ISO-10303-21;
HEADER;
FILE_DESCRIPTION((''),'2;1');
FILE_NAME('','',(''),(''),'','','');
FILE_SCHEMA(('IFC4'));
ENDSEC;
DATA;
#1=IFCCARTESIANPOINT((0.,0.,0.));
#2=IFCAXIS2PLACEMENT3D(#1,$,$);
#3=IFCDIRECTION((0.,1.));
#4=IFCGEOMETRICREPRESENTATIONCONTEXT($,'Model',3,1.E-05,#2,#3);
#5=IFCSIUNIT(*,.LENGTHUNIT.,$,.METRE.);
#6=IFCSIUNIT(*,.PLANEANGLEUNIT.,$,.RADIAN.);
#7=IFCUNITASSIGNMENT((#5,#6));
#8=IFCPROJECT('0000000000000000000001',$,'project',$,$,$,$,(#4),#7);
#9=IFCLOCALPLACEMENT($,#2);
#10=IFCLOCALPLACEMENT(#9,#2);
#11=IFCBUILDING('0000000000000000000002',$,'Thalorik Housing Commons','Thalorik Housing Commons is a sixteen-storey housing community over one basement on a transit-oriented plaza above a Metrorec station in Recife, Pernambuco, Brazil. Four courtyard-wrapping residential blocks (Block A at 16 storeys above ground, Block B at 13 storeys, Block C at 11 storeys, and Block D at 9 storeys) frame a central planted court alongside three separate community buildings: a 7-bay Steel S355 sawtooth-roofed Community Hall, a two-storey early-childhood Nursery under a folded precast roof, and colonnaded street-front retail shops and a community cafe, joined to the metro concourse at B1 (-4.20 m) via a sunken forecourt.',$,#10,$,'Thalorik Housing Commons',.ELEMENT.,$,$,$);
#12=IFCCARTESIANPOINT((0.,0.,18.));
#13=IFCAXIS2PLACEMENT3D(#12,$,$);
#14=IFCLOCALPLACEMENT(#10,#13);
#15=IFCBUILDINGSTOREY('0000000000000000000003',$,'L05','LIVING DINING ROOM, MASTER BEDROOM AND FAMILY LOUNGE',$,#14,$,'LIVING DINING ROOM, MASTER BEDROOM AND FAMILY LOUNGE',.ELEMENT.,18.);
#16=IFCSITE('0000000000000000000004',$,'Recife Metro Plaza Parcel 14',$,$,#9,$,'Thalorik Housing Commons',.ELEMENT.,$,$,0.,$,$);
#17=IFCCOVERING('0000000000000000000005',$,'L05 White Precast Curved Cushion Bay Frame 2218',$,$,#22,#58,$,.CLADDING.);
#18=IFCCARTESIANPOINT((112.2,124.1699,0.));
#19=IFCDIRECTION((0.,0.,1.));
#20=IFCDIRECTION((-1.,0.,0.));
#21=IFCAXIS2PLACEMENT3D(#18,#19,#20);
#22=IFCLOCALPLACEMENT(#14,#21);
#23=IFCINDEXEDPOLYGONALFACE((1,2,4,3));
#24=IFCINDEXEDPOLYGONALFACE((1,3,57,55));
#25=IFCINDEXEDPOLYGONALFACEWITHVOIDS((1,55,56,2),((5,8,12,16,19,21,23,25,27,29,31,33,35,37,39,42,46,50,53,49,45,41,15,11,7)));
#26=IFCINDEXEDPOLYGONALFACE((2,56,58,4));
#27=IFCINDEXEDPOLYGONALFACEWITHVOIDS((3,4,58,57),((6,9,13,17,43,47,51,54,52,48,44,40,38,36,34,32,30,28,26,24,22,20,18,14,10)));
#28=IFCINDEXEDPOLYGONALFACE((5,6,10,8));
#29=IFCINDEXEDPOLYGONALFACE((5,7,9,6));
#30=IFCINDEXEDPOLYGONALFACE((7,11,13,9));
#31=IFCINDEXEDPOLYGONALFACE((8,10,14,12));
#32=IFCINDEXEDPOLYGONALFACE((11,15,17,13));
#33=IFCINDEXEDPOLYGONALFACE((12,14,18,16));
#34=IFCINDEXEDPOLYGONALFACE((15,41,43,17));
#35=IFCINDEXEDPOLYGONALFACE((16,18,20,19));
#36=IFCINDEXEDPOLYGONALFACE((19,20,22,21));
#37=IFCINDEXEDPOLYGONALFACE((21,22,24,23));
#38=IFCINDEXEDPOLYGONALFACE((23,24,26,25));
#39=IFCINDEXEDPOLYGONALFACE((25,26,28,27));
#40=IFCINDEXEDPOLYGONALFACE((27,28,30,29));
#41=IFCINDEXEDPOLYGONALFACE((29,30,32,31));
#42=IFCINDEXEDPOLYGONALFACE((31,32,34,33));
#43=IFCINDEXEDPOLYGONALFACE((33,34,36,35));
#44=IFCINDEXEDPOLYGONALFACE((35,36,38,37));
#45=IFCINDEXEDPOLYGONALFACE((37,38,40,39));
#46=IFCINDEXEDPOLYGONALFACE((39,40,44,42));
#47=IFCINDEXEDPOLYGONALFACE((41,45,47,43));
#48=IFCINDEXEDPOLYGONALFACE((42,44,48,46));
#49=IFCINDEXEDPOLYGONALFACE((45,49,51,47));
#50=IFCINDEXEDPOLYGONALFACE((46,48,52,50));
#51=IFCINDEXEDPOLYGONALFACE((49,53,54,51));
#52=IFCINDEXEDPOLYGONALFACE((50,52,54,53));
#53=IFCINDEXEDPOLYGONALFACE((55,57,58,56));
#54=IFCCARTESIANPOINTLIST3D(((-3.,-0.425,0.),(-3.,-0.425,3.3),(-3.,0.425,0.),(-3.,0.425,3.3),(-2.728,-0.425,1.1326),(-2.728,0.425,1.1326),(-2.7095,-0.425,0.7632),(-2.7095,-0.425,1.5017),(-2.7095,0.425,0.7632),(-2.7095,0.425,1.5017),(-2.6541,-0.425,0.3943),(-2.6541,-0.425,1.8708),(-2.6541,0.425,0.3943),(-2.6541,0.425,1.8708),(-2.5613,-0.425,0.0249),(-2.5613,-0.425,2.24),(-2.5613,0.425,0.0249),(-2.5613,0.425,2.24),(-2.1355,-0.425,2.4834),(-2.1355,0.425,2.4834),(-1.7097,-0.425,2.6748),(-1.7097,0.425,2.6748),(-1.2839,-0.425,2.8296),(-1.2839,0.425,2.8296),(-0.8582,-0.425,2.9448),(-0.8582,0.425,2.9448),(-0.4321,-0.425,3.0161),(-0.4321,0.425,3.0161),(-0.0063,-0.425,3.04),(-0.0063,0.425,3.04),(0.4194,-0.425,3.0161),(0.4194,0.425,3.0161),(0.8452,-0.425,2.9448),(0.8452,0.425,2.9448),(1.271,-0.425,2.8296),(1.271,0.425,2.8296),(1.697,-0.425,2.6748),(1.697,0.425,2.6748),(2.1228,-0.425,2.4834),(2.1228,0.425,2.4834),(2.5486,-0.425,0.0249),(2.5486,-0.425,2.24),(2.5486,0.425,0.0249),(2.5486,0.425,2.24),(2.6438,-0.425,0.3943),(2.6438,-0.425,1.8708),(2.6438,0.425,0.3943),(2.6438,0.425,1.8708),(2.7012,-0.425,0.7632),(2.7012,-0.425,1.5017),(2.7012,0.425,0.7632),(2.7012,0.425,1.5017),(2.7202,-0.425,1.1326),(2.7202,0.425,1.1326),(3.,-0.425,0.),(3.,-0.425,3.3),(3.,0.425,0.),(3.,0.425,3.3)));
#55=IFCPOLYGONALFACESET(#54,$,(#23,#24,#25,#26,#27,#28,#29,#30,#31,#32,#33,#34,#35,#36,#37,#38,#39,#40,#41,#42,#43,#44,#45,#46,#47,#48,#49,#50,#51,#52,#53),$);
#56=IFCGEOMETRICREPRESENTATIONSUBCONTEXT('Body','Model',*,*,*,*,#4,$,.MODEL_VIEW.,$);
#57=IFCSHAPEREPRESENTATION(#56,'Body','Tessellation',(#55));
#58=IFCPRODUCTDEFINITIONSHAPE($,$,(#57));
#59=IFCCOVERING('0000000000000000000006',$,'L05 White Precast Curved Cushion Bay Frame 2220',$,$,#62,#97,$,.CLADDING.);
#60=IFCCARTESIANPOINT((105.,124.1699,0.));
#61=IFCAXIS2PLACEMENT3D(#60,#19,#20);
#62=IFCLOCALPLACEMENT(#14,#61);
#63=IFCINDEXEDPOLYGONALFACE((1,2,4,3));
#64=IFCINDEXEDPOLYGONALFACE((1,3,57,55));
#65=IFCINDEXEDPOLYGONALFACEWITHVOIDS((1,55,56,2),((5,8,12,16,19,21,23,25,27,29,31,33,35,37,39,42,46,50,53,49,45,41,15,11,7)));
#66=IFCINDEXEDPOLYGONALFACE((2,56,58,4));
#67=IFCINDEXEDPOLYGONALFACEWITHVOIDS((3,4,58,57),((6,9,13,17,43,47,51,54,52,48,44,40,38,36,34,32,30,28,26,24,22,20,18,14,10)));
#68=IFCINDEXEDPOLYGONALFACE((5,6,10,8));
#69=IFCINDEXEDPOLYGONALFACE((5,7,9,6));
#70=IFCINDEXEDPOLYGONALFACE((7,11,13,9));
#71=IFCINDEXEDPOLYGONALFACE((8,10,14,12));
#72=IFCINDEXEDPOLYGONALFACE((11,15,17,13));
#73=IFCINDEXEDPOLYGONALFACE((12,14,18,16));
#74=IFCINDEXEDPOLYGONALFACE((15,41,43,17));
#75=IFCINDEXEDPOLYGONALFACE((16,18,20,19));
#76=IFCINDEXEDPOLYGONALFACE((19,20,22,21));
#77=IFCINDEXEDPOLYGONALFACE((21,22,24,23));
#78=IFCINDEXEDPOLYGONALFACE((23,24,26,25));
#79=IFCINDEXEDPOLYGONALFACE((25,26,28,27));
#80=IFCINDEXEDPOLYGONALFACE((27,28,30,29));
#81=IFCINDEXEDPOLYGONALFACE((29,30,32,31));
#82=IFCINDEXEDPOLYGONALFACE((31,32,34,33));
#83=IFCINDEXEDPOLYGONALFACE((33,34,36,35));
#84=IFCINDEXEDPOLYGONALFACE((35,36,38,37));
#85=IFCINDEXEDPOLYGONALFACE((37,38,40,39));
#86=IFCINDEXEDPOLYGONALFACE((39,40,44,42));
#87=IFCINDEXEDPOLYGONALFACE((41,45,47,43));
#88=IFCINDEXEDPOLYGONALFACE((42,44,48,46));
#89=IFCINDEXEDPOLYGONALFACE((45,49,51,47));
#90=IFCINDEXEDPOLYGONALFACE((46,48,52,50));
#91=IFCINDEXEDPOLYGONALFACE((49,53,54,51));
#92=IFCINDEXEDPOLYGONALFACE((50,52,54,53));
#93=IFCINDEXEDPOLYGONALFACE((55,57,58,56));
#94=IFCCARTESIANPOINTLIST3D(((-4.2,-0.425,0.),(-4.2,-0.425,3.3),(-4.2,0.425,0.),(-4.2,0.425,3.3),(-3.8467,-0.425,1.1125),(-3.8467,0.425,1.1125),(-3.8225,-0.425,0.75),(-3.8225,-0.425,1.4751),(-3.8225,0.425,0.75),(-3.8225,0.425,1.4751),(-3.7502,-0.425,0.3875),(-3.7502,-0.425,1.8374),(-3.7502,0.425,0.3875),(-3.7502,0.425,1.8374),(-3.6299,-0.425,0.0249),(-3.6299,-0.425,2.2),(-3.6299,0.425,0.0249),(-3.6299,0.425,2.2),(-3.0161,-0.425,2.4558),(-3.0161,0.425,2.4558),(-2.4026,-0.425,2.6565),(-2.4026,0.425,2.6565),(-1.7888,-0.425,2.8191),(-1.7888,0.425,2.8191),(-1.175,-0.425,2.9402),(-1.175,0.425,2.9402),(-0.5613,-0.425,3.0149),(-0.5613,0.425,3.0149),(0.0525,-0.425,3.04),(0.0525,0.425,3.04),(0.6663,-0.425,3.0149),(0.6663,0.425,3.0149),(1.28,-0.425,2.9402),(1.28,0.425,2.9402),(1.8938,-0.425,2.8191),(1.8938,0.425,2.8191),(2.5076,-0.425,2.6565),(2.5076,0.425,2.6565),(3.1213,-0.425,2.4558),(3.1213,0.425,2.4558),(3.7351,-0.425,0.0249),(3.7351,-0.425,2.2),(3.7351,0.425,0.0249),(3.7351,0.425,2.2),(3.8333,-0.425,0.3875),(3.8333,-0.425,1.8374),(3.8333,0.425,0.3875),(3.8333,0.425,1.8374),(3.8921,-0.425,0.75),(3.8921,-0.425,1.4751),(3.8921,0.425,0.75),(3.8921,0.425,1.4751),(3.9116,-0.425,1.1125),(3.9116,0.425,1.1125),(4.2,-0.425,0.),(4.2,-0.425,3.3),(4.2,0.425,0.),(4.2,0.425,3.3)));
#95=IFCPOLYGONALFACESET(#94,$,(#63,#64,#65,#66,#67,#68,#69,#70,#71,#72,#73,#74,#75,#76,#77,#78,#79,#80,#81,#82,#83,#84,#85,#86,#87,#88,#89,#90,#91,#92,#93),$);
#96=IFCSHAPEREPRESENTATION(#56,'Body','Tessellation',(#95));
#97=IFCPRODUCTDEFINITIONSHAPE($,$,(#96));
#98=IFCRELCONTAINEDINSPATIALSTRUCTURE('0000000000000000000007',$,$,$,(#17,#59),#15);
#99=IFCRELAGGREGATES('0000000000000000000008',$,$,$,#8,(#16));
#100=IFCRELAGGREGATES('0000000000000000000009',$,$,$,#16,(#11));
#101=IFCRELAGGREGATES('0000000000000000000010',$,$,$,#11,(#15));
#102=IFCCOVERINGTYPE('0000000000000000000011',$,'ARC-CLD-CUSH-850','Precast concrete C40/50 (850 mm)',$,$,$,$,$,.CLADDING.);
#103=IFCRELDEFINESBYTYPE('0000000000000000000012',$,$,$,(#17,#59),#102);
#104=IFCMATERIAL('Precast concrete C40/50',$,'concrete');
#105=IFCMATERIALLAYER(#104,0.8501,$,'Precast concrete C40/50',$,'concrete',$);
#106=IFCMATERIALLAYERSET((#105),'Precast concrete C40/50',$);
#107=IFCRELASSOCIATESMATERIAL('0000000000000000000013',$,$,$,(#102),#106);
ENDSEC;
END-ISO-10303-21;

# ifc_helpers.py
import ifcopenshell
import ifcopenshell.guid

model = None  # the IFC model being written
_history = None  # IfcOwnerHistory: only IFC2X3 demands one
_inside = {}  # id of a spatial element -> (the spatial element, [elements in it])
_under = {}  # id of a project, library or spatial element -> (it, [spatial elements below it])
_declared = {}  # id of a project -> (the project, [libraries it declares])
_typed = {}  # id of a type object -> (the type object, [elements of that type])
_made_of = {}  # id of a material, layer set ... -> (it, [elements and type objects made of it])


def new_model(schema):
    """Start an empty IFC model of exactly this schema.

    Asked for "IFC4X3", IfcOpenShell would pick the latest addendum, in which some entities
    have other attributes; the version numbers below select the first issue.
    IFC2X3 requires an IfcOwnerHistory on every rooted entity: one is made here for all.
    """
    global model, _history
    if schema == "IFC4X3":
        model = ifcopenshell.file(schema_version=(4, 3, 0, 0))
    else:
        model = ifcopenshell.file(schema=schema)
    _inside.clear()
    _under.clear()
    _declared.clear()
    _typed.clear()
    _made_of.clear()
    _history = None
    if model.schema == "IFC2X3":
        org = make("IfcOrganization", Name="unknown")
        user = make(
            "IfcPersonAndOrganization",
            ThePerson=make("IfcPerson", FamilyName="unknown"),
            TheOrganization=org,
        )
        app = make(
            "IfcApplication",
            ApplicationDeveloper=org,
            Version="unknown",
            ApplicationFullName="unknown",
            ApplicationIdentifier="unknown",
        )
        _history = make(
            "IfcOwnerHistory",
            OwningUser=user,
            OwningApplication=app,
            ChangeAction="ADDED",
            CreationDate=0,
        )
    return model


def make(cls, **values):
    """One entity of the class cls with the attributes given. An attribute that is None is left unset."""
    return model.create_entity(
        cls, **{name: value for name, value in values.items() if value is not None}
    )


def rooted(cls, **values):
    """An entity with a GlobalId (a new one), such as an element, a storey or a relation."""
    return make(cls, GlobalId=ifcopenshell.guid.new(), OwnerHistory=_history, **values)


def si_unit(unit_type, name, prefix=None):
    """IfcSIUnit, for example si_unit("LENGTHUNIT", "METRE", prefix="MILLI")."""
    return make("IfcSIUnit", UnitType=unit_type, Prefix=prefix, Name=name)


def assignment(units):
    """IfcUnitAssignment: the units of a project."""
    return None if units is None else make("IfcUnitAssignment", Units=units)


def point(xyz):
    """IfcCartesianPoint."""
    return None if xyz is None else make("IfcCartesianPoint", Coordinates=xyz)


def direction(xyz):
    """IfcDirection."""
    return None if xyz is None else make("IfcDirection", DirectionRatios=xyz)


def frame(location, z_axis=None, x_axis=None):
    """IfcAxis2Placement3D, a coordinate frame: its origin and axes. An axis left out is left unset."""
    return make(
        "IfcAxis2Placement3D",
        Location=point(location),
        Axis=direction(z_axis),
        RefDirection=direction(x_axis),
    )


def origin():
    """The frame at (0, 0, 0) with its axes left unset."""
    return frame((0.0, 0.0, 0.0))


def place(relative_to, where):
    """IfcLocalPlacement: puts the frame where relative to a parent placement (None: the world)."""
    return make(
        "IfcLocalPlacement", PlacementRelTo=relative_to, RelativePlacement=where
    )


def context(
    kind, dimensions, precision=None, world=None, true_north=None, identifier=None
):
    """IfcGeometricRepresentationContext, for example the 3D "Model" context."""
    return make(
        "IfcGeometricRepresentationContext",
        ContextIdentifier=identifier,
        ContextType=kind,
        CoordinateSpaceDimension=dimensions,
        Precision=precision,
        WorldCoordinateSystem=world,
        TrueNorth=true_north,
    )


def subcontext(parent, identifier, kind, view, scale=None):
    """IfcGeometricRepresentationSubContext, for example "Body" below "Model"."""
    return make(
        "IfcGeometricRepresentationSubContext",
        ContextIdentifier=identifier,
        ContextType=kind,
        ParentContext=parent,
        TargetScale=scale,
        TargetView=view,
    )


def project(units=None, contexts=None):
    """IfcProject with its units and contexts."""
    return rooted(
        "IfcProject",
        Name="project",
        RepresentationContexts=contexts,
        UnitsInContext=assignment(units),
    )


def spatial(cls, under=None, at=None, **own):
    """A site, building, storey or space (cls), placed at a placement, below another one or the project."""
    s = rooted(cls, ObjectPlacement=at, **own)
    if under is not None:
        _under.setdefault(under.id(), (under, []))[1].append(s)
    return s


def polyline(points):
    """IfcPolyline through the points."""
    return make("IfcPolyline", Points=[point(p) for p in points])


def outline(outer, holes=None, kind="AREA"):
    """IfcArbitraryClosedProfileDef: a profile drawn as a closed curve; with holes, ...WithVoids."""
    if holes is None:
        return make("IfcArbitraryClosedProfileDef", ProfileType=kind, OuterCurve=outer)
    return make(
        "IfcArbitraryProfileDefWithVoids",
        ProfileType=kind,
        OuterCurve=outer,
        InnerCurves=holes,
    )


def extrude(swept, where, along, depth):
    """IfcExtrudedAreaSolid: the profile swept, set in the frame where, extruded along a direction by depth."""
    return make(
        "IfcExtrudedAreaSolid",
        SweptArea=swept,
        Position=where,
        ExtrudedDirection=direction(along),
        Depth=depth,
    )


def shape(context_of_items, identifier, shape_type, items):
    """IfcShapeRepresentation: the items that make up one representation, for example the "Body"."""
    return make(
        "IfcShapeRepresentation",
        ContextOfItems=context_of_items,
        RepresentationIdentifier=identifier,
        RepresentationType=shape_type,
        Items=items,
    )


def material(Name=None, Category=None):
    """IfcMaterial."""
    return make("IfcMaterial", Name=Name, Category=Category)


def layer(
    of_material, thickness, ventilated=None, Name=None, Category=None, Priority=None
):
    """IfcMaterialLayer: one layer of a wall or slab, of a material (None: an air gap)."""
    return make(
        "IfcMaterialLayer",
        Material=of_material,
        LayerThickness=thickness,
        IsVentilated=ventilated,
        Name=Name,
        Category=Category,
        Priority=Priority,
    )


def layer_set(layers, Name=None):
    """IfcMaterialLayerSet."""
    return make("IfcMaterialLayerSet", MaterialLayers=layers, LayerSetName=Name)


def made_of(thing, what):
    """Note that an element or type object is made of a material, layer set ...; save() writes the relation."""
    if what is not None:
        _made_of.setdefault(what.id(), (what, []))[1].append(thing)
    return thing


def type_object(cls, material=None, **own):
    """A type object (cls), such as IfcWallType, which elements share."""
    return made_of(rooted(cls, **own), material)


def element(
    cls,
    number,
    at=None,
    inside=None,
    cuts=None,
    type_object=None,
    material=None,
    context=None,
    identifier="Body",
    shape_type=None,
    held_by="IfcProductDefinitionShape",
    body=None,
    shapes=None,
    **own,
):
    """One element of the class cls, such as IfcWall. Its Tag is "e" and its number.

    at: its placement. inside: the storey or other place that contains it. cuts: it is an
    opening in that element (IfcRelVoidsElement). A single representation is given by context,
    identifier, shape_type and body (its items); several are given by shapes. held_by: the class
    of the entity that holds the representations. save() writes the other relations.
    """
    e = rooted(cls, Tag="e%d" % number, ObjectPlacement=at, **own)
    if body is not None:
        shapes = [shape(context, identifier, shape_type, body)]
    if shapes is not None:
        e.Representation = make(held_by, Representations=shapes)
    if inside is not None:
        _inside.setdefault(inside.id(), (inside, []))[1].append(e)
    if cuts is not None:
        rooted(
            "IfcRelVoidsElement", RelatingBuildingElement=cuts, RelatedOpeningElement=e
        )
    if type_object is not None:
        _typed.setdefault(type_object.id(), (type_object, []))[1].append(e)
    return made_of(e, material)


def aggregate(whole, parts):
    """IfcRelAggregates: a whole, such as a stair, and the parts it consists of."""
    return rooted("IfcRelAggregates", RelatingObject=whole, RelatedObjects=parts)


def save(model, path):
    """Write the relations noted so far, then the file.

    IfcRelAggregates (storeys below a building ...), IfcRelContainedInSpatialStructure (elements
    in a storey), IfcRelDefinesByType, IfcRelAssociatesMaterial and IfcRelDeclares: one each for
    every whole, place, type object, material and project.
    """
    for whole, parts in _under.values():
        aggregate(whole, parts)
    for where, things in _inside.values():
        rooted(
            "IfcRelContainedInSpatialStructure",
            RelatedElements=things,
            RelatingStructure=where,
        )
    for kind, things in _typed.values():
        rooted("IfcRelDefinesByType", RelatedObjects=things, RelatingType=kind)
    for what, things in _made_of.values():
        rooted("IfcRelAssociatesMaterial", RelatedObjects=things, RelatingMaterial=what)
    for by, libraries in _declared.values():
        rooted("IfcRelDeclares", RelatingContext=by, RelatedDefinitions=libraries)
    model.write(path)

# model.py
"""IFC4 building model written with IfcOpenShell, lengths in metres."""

from ifc_helpers import new_model, si_unit, direction, frame, origin, place, context, subcontext, project, spatial, polyline, outline, extrude, material, layer, layer_set, type_object, element, save


model = new_model("IFC4")

# Units and contexts
model_context = context("Model", 3, precision=1e-05, world=origin(), true_north=direction((0.0, 1.0)))
body_context = subcontext(model_context, "Body", "Model", "MODEL_VIEW")
ifc_project = project(units=[si_unit("LENGTHUNIT", "METRE"), si_unit("PLANEANGLEUNIT", "RADIAN")], contexts=[model_context])

# Site, building, storey
site_placement = place(None, origin())
site = spatial("IfcSite", under=ifc_project, at=site_placement, Name="Recife Metro Plaza Parcel 14", LongName="Thalorik Housing Commons", CompositionType="ELEMENT", RefElevation=0.0)
building_placement = place(site_placement, origin())
building = spatial("IfcBuilding", under=site, at=building_placement, Name="Thalorik Housing Commons", Description="Thalorik Housing Commons is a sixteen-storey housing community over one basement on a transit-oriented plaza above a Metrorec station in Recife, Pernambuco, Brazil. Four courtyard-wrapping residential blocks (Block A at 16 storeys above ground, Block B at 13 storeys, Block C at 11 storeys, and Block D at 9 storeys) frame a central planted court alongside three separate community buildings: a 7-bay Steel S355 sawtooth-roofed Community Hall, a two-storey early-childhood Nursery under a folded precast roof, and colonnaded street-front retail shops and a community cafe, joined to the metro concourse at B1 (-4.20 m) via a sunken forecourt.", LongName="Thalorik Housing Commons", CompositionType="ELEMENT")
storey_placement = place(building_placement, frame((0.0, 0.0, 18.0)))
storey = spatial("IfcBuildingStorey", under=building, at=storey_placement, Name="L05", Description="LIVING DINING ROOM, MASTER BEDROOM AND FAMILY LOUNGE", LongName="LIVING DINING ROOM, MASTER BEDROOM AND FAMILY LOUNGE", CompositionType="ELEMENT", Elevation=18.0)

# Shared definitions
ifc_material_1 = material(Name="Precast concrete C40/50", Category="concrete")

# Coverings
ifc_layer_1 = layer(ifc_material_1, 0.8501, Name="Precast concrete C40/50", Category="concrete")
ifc_layer_set_1 = layer_set([ifc_layer_1], Name="Precast concrete C40/50")
covering_type_1 = type_object("IfcCoveringType", Name="ARC-CLD-CUSH-850", Description="Precast concrete C40/50 (850 mm)", PredefinedType="CLADDING", material=ifc_layer_set_1)
covering_1_placement = place(storey_placement, frame((112.2, 124.1699, 0.0), z_axis=(0.0, 0.0, 1.0), x_axis=(-1.0, 0.0, 0.0)))
element("IfcCovering", 1, at=covering_1_placement, inside=storey, type_object=covering_type_1, Name="L05 White Precast Curved Cushion Bay Frame 2218", PredefinedType="CLADDING", context=body_context, shape_type="SweptSolid", body=[
    extrude(outline(polyline([(-3.0, 0.0), (3.0, 0.0), (3.0, 3.3), (-3.0, 3.3), (-3.0, 0.0)]), holes=[polyline([(2.5486, 0.0249), (2.6438, 0.3943), (2.7012, 0.7632), (2.7202, 1.1326), (2.7012, 1.5017), (2.6438, 1.8708), (2.5486, 2.24), (2.1228, 2.4834), (1.697, 2.6748), (1.271, 2.8296), (0.8452, 2.9448), (0.4194, 3.0161), (-0.0063, 3.04), (-0.4321, 3.0161), (-0.8582, 2.9448), (-1.2839, 2.8296), (-1.7097, 2.6748), (-2.1355, 2.4834), (-2.5613, 2.24), (-2.6541, 1.8708), (-2.7095, 1.5017), (-2.728, 1.1326), (-2.7095, 0.7632), (-2.6541, 0.3943), (-2.5613, 0.0249), (2.5486, 0.0249)])]), frame((0.0, 0.425, 0.0), z_axis=(0.0, -1.0, 0.0), x_axis=(1.0, 0.0, 0.0)), (0.0, 0.0, 1.0), 0.8501),
])
covering_2_placement = place(storey_placement, frame((105.0, 124.1699, 0.0), z_axis=(0.0, 0.0, 1.0), x_axis=(-1.0, 0.0, 0.0)))
element("IfcCovering", 2, at=covering_2_placement, inside=storey, type_object=covering_type_1, Name="L05 White Precast Curved Cushion Bay Frame 2220", PredefinedType="CLADDING", context=body_context, shape_type="SweptSolid", body=[
    extrude(outline(polyline([(-4.2, 0.0), (4.2, 0.0), (4.2, 3.3), (-4.2, 3.3), (-4.2, 0.0)]), holes=[polyline([(3.7351, 0.0249), (3.8333, 0.3875), (3.8921, 0.75), (3.9116, 1.1125), (3.8921, 1.4751), (3.8333, 1.8374), (3.7351, 2.2), (3.1213, 2.4558), (2.5076, 2.6565), (1.8938, 2.8191), (1.28, 2.9402), (0.6663, 3.0149), (0.0525, 3.04), (-0.5613, 3.0149), (-1.175, 2.9402), (-1.7888, 2.8191), (-2.4026, 2.6565), (-3.0161, 2.4558), (-3.6299, 2.2), (-3.7502, 1.8374), (-3.8225, 1.4751), (-3.8467, 1.1125), (-3.8225, 0.75), (-3.7502, 0.3875), (-3.6299, 0.0249), (3.7351, 0.0249)])]), frame((0.0, 0.425, 0.0), z_axis=(0.0, -1.0, 0.0), x_axis=(1.0, 0.0, 0.0)), (0.0, 0.0, 1.0), 0.8501),
])

save(model, "model.ifc")
